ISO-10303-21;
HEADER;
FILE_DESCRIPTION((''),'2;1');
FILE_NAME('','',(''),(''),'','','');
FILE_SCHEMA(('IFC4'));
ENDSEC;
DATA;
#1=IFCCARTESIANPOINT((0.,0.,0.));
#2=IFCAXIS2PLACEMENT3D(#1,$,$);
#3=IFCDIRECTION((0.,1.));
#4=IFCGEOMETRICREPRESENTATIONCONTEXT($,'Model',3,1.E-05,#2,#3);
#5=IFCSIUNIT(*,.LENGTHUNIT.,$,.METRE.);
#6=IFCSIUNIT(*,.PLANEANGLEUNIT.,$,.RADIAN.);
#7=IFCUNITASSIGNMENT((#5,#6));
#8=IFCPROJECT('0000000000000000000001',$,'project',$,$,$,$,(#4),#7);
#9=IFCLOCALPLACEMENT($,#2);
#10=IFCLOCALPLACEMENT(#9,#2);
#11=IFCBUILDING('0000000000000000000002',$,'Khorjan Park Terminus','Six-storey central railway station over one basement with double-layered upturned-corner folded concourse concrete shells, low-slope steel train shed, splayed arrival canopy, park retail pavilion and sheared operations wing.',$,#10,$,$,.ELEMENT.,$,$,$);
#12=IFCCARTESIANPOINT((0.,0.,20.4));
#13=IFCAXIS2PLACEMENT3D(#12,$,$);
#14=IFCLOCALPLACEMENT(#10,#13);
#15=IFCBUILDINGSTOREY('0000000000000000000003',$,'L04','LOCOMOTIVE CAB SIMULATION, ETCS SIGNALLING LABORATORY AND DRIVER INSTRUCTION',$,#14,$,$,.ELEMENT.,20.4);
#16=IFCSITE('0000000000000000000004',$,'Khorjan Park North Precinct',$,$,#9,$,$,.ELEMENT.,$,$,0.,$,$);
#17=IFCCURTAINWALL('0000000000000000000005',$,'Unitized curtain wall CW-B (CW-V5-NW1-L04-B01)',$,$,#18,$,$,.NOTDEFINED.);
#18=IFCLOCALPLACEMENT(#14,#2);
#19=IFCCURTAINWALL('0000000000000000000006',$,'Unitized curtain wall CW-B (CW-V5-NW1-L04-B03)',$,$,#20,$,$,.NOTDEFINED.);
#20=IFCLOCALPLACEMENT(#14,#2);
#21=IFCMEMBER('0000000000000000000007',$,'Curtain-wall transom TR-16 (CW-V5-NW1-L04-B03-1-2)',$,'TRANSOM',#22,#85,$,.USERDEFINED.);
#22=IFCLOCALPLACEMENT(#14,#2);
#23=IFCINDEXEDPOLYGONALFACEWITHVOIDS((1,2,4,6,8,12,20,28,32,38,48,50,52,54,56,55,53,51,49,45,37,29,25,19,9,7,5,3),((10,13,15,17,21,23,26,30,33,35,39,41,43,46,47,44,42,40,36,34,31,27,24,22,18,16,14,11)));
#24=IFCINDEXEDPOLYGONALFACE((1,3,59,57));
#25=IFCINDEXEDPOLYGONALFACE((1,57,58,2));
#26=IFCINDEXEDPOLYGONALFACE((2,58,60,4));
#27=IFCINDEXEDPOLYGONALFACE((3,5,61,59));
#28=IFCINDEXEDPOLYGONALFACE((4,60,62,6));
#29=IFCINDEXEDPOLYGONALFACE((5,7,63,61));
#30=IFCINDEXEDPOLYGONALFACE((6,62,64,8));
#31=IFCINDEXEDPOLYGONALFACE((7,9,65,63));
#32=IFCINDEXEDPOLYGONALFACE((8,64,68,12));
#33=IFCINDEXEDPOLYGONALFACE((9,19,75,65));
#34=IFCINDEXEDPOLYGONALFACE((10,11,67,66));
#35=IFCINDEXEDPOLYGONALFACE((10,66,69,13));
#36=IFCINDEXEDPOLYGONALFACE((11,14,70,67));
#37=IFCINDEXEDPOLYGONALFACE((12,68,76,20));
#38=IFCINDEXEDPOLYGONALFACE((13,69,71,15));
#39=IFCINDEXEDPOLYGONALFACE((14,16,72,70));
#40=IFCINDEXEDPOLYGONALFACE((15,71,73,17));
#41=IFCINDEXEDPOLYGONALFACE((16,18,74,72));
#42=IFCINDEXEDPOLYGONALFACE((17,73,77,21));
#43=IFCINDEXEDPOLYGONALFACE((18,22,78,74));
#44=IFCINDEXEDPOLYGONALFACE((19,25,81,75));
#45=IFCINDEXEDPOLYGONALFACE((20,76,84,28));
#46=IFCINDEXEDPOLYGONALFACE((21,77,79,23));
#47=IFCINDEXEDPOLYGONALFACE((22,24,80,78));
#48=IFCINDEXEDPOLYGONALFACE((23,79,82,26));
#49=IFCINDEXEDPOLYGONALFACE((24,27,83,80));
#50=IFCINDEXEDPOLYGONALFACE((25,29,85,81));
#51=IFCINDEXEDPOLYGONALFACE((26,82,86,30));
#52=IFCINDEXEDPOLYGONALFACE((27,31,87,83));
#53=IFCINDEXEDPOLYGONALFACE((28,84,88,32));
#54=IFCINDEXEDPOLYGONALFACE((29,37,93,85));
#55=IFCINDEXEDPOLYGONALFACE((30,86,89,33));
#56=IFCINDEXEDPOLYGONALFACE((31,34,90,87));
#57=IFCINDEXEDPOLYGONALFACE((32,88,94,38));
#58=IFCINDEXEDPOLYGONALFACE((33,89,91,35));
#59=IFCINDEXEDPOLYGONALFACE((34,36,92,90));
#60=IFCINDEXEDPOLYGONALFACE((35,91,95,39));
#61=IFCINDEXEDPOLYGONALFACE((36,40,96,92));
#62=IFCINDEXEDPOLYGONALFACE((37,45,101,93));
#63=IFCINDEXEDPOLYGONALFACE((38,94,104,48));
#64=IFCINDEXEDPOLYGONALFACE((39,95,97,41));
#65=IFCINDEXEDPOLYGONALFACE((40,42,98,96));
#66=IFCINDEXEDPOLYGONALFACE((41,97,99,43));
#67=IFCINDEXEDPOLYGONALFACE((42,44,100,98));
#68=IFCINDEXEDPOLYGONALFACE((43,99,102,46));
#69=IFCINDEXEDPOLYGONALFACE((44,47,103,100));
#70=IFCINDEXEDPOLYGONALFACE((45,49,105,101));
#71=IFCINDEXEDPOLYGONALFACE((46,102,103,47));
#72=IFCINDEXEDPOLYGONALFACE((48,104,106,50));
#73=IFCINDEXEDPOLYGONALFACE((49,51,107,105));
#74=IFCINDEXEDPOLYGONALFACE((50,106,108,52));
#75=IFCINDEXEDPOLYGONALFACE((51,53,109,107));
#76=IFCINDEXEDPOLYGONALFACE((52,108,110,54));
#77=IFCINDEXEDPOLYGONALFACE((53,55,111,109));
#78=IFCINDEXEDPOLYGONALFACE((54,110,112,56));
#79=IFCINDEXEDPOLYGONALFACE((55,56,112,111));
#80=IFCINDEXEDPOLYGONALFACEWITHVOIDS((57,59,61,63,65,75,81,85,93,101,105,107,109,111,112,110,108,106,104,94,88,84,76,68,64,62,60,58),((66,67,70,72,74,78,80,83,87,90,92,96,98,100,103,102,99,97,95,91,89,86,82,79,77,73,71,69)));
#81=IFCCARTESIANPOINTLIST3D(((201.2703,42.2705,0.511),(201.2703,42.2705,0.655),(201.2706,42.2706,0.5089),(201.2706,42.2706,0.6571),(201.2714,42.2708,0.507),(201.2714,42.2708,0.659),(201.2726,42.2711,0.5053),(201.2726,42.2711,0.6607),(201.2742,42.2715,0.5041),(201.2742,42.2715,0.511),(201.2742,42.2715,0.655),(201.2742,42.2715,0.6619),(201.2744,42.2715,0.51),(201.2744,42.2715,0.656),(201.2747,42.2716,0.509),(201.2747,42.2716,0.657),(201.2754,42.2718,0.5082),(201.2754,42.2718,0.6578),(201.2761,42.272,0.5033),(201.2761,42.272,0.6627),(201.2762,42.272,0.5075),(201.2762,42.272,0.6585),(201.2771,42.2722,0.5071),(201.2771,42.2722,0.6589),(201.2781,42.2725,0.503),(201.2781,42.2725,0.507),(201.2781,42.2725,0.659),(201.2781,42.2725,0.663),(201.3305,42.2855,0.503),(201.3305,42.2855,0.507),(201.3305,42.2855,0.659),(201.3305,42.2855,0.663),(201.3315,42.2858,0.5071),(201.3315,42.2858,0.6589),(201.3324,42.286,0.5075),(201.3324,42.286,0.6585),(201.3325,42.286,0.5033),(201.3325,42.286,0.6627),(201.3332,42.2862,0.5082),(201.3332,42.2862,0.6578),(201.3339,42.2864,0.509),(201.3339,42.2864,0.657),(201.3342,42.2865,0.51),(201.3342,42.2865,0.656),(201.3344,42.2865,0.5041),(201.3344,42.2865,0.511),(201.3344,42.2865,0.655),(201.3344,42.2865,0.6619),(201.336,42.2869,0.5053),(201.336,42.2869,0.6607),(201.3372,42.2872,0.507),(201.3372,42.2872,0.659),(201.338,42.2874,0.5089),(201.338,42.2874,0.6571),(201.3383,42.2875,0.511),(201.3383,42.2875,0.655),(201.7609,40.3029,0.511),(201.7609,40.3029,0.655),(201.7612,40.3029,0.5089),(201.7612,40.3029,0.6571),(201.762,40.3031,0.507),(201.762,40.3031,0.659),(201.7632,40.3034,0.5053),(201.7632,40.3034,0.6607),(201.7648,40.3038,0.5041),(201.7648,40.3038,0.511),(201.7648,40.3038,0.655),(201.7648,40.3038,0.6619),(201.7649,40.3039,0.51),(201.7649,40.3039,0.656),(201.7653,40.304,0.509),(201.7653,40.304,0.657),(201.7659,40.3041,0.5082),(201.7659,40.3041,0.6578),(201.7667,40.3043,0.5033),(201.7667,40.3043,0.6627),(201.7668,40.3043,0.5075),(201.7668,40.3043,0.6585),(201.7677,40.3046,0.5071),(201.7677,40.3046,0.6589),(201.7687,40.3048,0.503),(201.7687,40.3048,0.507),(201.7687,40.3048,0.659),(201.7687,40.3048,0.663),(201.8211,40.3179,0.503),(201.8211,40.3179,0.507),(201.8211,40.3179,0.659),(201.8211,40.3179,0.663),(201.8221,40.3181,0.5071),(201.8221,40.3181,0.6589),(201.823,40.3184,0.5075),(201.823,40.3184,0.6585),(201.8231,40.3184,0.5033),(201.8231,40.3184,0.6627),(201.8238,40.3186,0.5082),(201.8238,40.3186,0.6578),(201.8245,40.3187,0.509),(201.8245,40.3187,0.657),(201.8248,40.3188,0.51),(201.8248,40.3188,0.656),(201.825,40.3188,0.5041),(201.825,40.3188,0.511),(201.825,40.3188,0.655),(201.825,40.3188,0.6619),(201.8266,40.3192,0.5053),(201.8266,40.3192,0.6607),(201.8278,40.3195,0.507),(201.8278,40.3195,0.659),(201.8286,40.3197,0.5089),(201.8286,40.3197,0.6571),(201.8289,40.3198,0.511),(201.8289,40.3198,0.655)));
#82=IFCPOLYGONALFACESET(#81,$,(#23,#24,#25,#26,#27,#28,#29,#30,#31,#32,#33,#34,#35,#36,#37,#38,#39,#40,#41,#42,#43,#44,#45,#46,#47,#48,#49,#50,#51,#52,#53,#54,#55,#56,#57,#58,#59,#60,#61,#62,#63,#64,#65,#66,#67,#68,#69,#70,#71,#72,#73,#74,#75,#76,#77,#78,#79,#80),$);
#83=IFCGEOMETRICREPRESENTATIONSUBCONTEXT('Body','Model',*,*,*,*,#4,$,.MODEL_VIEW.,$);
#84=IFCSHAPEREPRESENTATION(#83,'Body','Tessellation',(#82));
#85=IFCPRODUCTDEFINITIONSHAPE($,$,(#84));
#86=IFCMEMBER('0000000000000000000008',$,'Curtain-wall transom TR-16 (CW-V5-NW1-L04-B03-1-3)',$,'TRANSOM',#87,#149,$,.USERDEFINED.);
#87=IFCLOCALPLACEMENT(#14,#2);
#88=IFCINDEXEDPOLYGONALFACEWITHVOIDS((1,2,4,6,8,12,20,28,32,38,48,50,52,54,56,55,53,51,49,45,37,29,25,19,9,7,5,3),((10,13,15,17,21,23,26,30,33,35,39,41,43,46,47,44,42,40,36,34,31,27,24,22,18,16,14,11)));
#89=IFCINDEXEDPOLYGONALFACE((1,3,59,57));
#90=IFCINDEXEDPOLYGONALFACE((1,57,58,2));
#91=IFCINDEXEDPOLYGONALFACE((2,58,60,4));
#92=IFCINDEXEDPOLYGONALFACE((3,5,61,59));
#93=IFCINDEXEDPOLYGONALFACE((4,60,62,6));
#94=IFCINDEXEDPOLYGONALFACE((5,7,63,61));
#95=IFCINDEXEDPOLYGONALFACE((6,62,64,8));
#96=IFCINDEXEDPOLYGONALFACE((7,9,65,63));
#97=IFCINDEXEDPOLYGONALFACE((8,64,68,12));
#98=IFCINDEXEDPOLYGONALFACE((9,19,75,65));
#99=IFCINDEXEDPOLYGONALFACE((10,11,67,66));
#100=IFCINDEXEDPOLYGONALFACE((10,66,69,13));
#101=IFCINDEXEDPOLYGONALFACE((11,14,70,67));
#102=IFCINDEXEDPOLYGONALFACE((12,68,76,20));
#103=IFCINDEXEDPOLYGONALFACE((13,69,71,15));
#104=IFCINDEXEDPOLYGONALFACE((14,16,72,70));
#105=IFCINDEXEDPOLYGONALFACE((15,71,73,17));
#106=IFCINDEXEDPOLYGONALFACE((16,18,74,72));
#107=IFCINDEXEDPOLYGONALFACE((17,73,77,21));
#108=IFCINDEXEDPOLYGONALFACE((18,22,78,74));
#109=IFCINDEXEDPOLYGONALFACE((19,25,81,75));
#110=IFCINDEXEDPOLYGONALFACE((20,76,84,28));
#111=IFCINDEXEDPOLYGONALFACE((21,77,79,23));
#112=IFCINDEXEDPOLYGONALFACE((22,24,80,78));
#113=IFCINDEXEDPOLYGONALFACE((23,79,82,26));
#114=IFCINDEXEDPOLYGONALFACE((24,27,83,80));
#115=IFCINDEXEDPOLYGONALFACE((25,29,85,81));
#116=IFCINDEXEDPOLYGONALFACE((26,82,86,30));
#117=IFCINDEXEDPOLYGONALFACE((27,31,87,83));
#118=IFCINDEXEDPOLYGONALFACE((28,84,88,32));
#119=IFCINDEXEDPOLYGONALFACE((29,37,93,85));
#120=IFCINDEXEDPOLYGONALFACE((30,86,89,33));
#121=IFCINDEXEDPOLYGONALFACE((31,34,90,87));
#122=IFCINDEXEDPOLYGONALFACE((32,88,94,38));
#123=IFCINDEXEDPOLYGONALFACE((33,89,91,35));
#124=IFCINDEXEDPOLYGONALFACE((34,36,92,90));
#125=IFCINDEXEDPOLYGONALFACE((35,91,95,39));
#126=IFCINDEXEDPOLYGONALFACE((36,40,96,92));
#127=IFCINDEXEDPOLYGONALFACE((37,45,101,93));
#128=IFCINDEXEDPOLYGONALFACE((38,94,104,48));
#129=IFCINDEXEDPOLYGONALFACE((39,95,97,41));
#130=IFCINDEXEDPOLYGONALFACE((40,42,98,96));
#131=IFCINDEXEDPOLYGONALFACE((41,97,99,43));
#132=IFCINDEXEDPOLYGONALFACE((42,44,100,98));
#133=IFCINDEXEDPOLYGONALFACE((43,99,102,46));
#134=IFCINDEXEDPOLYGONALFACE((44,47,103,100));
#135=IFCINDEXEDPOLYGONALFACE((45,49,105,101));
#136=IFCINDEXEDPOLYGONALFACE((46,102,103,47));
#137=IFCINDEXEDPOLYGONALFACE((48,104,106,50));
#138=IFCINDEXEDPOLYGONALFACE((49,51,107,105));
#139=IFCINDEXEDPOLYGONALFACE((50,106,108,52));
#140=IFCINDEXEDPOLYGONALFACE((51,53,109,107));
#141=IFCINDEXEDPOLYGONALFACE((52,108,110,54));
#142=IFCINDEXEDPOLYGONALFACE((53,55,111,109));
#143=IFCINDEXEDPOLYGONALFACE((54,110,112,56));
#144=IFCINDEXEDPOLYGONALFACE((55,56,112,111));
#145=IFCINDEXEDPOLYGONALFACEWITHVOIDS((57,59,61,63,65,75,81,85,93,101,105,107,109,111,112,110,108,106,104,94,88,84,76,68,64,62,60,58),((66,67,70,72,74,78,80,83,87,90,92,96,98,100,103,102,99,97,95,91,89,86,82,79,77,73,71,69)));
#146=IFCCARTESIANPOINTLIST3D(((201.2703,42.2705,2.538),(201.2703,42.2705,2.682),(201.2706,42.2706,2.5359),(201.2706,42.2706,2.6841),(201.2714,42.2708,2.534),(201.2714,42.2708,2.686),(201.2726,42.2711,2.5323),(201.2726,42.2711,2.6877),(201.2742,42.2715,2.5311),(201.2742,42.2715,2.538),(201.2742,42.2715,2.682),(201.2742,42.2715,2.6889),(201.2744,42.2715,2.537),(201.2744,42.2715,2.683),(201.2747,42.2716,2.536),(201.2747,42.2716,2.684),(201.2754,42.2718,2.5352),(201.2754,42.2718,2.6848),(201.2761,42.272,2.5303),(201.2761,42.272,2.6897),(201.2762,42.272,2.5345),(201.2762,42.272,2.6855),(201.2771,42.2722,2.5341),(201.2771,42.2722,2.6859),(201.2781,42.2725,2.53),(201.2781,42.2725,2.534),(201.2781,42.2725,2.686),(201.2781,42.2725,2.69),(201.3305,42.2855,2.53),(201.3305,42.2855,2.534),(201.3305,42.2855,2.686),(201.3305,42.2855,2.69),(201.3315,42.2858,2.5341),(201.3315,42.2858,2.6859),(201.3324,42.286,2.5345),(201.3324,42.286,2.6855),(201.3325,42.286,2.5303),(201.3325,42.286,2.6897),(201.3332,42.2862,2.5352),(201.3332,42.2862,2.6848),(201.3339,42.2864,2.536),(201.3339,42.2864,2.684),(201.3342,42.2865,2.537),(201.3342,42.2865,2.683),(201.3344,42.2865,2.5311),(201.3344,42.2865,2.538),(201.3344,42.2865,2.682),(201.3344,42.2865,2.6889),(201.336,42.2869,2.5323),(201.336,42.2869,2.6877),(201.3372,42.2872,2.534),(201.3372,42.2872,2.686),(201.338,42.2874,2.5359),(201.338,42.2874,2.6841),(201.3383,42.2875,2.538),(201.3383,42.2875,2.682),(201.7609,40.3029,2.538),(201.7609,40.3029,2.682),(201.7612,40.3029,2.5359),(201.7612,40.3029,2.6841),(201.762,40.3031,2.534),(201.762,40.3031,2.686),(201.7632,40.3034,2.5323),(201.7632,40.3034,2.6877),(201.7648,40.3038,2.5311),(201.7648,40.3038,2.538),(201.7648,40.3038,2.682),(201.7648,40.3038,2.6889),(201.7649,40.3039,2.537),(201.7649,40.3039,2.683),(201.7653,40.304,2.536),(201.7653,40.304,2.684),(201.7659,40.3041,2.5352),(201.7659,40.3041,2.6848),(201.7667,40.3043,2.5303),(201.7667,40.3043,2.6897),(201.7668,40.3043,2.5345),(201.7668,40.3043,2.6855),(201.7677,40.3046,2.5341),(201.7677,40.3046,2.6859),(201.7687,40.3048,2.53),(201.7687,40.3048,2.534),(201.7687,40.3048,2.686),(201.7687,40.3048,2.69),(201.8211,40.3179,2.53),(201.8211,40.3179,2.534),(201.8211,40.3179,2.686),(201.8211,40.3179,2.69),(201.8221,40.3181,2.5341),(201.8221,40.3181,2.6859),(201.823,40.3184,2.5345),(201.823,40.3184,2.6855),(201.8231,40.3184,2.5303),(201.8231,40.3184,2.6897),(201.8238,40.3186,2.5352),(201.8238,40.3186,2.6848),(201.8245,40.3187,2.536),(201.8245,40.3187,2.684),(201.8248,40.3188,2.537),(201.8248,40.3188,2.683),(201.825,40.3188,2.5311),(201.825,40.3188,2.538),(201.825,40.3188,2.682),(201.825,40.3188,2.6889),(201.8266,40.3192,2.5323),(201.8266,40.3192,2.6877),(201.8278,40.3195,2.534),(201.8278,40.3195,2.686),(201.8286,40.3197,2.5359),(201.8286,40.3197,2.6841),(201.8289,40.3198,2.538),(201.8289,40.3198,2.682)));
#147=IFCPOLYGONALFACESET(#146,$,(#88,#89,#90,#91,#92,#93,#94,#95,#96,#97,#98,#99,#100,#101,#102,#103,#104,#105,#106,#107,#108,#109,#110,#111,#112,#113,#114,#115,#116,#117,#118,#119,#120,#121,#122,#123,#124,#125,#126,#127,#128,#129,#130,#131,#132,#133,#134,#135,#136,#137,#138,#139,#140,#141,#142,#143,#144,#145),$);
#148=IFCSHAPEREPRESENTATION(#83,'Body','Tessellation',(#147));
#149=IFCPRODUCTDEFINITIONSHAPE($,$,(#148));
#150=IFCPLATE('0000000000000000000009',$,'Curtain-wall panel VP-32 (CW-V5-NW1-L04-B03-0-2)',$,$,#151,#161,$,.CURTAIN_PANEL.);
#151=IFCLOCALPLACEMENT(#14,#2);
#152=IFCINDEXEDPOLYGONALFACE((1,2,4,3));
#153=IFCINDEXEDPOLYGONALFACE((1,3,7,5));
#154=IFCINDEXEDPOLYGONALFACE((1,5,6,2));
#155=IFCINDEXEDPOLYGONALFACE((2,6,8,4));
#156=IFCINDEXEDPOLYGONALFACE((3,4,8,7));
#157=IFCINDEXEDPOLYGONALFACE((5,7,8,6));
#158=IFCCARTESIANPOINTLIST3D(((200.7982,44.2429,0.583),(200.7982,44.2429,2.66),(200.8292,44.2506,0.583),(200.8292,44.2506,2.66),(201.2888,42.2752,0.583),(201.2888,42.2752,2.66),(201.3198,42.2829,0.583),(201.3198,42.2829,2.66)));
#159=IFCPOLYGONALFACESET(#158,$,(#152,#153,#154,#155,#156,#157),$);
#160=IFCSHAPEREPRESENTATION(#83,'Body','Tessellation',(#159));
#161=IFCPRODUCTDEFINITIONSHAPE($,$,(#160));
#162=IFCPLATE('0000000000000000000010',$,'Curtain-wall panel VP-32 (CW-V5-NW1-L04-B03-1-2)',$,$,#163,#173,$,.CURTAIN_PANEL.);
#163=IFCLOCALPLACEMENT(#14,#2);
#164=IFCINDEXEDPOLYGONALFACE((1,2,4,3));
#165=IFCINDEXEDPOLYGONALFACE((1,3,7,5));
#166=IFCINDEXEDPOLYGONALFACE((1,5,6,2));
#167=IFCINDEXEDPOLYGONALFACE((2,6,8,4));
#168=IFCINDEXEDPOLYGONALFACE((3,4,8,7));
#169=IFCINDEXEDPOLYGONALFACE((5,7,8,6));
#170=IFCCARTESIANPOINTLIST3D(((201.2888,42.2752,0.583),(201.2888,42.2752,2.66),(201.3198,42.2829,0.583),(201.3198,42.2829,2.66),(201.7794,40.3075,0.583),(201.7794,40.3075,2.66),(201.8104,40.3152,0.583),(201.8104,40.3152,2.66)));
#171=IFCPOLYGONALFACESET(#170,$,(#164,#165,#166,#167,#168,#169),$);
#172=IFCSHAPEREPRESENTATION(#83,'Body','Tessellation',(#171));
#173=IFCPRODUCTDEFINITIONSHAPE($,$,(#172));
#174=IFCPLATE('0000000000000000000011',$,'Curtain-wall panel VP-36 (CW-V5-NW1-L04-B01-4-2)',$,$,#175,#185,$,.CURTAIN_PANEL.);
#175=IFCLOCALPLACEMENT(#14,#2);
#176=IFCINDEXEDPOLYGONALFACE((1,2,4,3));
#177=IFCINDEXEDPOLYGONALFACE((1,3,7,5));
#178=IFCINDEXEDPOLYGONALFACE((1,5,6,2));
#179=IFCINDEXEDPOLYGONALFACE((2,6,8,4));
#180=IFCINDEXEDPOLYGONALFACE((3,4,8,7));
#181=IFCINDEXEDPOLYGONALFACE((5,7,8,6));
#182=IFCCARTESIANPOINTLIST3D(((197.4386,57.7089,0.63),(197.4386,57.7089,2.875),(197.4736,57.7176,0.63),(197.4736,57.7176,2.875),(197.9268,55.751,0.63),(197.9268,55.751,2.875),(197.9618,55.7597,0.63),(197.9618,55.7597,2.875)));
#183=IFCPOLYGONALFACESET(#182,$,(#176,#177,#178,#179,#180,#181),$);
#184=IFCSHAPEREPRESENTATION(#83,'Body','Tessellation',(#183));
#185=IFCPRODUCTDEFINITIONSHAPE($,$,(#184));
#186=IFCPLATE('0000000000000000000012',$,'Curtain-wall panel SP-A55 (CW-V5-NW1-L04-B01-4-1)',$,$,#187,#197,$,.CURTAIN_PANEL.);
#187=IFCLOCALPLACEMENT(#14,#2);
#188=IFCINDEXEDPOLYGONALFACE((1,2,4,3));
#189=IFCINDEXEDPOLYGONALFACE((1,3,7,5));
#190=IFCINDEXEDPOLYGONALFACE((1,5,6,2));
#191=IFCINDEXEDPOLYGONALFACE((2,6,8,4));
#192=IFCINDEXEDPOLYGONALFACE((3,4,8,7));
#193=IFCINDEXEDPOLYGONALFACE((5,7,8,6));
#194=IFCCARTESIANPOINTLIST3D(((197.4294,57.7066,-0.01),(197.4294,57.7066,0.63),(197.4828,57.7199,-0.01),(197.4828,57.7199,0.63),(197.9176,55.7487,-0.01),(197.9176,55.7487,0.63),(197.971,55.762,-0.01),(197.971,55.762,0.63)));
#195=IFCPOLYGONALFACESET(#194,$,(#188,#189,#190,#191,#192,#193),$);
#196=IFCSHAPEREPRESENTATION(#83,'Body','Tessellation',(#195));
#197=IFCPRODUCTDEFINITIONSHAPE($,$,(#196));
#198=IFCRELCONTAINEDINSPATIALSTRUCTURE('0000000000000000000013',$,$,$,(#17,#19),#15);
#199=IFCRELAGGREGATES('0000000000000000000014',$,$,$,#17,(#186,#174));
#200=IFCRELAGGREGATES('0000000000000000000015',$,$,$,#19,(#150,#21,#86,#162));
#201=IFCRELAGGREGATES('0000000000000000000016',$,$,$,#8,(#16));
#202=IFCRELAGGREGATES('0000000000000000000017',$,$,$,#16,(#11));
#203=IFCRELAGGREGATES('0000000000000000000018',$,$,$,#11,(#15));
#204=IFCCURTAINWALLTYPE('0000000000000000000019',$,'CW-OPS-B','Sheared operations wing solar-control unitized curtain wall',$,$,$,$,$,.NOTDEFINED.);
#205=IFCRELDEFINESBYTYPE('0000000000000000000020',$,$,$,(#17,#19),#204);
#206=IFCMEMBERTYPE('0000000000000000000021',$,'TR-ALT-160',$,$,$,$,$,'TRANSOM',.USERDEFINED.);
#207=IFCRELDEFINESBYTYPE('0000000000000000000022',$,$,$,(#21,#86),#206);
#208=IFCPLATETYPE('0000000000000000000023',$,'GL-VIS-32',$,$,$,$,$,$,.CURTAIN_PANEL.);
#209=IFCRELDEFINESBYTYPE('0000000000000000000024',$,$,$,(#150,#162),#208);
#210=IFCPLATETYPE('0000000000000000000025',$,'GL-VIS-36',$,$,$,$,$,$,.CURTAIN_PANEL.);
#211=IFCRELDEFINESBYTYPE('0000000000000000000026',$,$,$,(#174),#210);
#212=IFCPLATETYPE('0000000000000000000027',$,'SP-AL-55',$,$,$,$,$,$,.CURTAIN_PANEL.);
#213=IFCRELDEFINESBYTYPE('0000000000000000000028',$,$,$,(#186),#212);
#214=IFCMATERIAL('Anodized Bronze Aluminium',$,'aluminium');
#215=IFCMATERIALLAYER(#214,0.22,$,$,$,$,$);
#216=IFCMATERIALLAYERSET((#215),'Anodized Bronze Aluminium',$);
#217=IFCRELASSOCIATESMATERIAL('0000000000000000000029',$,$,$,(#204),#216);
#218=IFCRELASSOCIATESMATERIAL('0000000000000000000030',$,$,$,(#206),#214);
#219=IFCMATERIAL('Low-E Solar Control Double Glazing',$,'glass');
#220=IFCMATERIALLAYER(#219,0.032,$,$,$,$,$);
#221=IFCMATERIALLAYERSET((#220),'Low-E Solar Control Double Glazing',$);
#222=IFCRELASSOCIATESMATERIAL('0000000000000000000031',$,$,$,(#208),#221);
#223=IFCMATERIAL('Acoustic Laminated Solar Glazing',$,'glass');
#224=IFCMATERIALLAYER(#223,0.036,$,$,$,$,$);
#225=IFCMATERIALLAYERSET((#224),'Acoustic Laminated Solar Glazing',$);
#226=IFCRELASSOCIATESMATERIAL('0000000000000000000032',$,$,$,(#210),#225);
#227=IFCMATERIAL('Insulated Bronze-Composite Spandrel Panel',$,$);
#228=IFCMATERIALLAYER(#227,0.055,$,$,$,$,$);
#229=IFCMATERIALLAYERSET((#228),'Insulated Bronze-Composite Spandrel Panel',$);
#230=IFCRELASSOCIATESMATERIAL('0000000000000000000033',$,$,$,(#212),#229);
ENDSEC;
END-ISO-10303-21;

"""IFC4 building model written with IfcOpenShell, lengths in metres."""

from ifc_helpers import new_model, si_unit, direction, frame, origin, origin_2d, place, context, subcontext, project, spatial, rectangle, hollow_rectangle, extrude, material, layer, layer_set, material_profile, profile_set, type_object, element, aggregate, save


model = new_model("IFC4")

# Units and contexts
model_context = context("Model", 3, precision=1e-05, world=origin(), true_north=direction((0.0, 1.0)))
body_context = subcontext(model_context, "Body", "Model", "MODEL_VIEW")
ifc_project = project(units=[si_unit("LENGTHUNIT", "METRE"), si_unit("PLANEANGLEUNIT", "RADIAN")], contexts=[model_context])

# Site, building, storey
site_placement = place(None, origin())
site = spatial("IfcSite", under=ifc_project, at=site_placement, Name="Khorjan Park North Precinct", CompositionType="ELEMENT", RefElevation=0.0)
building_placement = place(site_placement, origin())
building = spatial("IfcBuilding", under=site, at=building_placement, Name="Khorjan Park Terminus", Description="Six-storey central railway station over one basement with double-layered upturned-corner folded concourse concrete shells, low-slope steel train shed, splayed arrival canopy, park retail pavilion and sheared operations wing.", CompositionType="ELEMENT")
storey_placement = place(building_placement, frame((0.0, 0.0, 20.4)))
storey = spatial("IfcBuildingStorey", under=building, at=storey_placement, Name="L04", Description="LOCOMOTIVE CAB SIMULATION, ETCS SIGNALLING LABORATORY AND DRIVER INSTRUCTION", CompositionType="ELEMENT", Elevation=20.4)

# Curtain walls
ifc_material_1 = material(Name="Anodized Bronze Aluminium", Category="aluminium")
ifc_layer_1 = layer(ifc_material_1, 0.22)
ifc_layer_set_1 = layer_set([ifc_layer_1], Name="Anodized Bronze Aluminium")
curtain_wall_type = type_object("IfcCurtainWallType", Name="CW-OPS-B", Description="Sheared operations wing solar-control unitized curtain wall", PredefinedType="NOTDEFINED", material=ifc_layer_set_1)
curtain_wall_1_placement = place(storey_placement, origin())
curtain_wall_1 = element("IfcCurtainWall", 1, at=curtain_wall_1_placement, inside=storey, type_object=curtain_wall_type, Name="Unitized curtain wall CW-B (CW-V5-NW1-L04-B01)", PredefinedType="NOTDEFINED")
curtain_wall_2_placement = place(storey_placement, origin())
curtain_wall_2 = element("IfcCurtainWall", 2, at=curtain_wall_2_placement, inside=storey, type_object=curtain_wall_type, Name="Unitized curtain wall CW-B (CW-V5-NW1-L04-B03)", PredefinedType="NOTDEFINED")

# Members
ifc_material_profile_1 = material_profile(ifc_material_1, hollow_rectangle(XDim=0.07, YDim=0.16, WallThickness=0.004, InnerFilletRadius=0.004, OuterFilletRadius=0.008, at=origin_2d()), Name="ALT 70x160x4")
ifc_profile_set_1 = profile_set([ifc_material_profile_1], Name="Anodized Bronze Aluminium")
member_type_1 = type_object("IfcMemberType", Name="TR-ALT-160", ElementType="TRANSOM", PredefinedType="USERDEFINED", material=ifc_profile_set_1)
member_1_placement = place(storey_placement, frame((201.3043, 42.279, 0.583), z_axis=(0.241921, -0.970296, 0.0), x_axis=(0.970296, 0.241921, 0.0)))
member_1 = element("IfcMember", 3, at=member_1_placement, type_object=member_type_1, Name="Curtain-wall transom TR-16 (CW-V5-NW1-L04-B03-1-2)", ObjectType="TRANSOM", PredefinedType="USERDEFINED", context=body_context, shape_type="SweptSolid", body=[
    extrude(hollow_rectangle(XDim=0.07, YDim=0.16, WallThickness=0.004, InnerFilletRadius=0.004, OuterFilletRadius=0.008, at=origin_2d()), origin(), (0.0, 0.0, 1.0), 2.0279),
])
member_2_placement = place(storey_placement, frame((201.3043, 42.279, 2.61), z_axis=(0.241921, -0.970296, 0.0), x_axis=(0.970296, 0.241921, 0.0)))
member_2 = element("IfcMember", 4, at=member_2_placement, type_object=member_type_1, Name="Curtain-wall transom TR-16 (CW-V5-NW1-L04-B03-1-3)", ObjectType="TRANSOM", PredefinedType="USERDEFINED", context=body_context, shape_type="SweptSolid", body=[
    extrude(hollow_rectangle(XDim=0.07, YDim=0.16, WallThickness=0.004, InnerFilletRadius=0.004, OuterFilletRadius=0.008, at=origin_2d()), origin(), (0.0, 0.0, 1.0), 2.0279),
])

# Plates
ifc_material_2 = material(Name="Low-E Solar Control Double Glazing", Category="glass")
ifc_layer_2 = layer(ifc_material_2, 0.032)
ifc_layer_set_2 = layer_set([ifc_layer_2], Name="Low-E Solar Control Double Glazing")
plate_type_1 = type_object("IfcPlateType", Name="GL-VIS-32", PredefinedType="CURTAIN_PANEL", material=ifc_layer_set_2)
plate_1_placement = place(storey_placement, frame((201.059, 43.2629, 0.583), z_axis=(0.0, 0.0, 1.0), x_axis=(0.241921, -0.970296, 0.0)))
plate_1 = element("IfcPlate", 5, at=plate_1_placement, type_object=plate_type_1, Name="Curtain-wall panel VP-32 (CW-V5-NW1-L04-B03-0-2)", PredefinedType="CURTAIN_PANEL", context=body_context, shape_type="SweptSolid", body=[
    extrude(rectangle(XDim=2.0279, YDim=0.032, at=origin_2d()), origin(), (0.0, 0.0, 1.0), 2.077),
])
plate_2_placement = place(storey_placement, frame((201.5496, 41.2952, 0.583), z_axis=(0.0, 0.0, 1.0), x_axis=(0.241921, -0.970296, 0.0)))
plate_2 = element("IfcPlate", 6, at=plate_2_placement, type_object=plate_type_1, Name="Curtain-wall panel VP-32 (CW-V5-NW1-L04-B03-1-2)", PredefinedType="CURTAIN_PANEL", context=body_context, shape_type="SweptSolid", body=[
    extrude(rectangle(XDim=2.0279, YDim=0.032, at=origin_2d()), origin(), (0.0, 0.0, 1.0), 2.077),
])
ifc_material_3 = material(Name="Acoustic Laminated Solar Glazing", Category="glass")
ifc_layer_3 = layer(ifc_material_3, 0.036)
ifc_layer_set_3 = layer_set([ifc_layer_3], Name="Acoustic Laminated Solar Glazing")
plate_type_2 = type_object("IfcPlateType", Name="GL-VIS-36", PredefinedType="CURTAIN_PANEL", material=ifc_layer_set_3)
plate_3_placement = place(storey_placement, frame((197.7002, 56.7343, 0.63), z_axis=(0.0, 0.0, 1.0), x_axis=(0.24192, -0.970296, 0.0)))
plate_3 = element("IfcPlate", 7, at=plate_3_placement, type_object=plate_type_2, Name="Curtain-wall panel VP-36 (CW-V5-NW1-L04-B01-4-2)", PredefinedType="CURTAIN_PANEL", context=body_context, shape_type="SweptSolid", body=[
    extrude(rectangle(XDim=2.0179, YDim=0.036, at=origin_2d()), origin(), (0.0, 0.0, 1.0), 2.245),
])
ifc_material_4 = material(Name="Insulated Bronze-Composite Spandrel Panel")
ifc_layer_4 = layer(ifc_material_4, 0.055)
ifc_layer_set_4 = layer_set([ifc_layer_4], Name="Insulated Bronze-Composite Spandrel Panel")
plate_type_3 = type_object("IfcPlateType", Name="SP-AL-55", PredefinedType="CURTAIN_PANEL", material=ifc_layer_set_4)
plate_4_placement = place(storey_placement, frame((197.7002, 56.7343, -0.01), z_axis=(0.0, 0.0, 1.0), x_axis=(0.24192, -0.970296, 0.0)))
plate_4 = element("IfcPlate", 8, at=plate_4_placement, type_object=plate_type_3, Name="Curtain-wall panel SP-A55 (CW-V5-NW1-L04-B01-4-1)", PredefinedType="CURTAIN_PANEL", context=body_context, shape_type="SweptSolid", body=[
    extrude(rectangle(XDim=2.0179, YDim=0.055, at=origin_2d()), origin(), (0.0, 0.0, 1.0), 0.64),
])
aggregate(curtain_wall_1, [plate_4, plate_3])
aggregate(curtain_wall_2, [plate_1, member_1, member_2, plate_2])

save(model, "model.ifc")
